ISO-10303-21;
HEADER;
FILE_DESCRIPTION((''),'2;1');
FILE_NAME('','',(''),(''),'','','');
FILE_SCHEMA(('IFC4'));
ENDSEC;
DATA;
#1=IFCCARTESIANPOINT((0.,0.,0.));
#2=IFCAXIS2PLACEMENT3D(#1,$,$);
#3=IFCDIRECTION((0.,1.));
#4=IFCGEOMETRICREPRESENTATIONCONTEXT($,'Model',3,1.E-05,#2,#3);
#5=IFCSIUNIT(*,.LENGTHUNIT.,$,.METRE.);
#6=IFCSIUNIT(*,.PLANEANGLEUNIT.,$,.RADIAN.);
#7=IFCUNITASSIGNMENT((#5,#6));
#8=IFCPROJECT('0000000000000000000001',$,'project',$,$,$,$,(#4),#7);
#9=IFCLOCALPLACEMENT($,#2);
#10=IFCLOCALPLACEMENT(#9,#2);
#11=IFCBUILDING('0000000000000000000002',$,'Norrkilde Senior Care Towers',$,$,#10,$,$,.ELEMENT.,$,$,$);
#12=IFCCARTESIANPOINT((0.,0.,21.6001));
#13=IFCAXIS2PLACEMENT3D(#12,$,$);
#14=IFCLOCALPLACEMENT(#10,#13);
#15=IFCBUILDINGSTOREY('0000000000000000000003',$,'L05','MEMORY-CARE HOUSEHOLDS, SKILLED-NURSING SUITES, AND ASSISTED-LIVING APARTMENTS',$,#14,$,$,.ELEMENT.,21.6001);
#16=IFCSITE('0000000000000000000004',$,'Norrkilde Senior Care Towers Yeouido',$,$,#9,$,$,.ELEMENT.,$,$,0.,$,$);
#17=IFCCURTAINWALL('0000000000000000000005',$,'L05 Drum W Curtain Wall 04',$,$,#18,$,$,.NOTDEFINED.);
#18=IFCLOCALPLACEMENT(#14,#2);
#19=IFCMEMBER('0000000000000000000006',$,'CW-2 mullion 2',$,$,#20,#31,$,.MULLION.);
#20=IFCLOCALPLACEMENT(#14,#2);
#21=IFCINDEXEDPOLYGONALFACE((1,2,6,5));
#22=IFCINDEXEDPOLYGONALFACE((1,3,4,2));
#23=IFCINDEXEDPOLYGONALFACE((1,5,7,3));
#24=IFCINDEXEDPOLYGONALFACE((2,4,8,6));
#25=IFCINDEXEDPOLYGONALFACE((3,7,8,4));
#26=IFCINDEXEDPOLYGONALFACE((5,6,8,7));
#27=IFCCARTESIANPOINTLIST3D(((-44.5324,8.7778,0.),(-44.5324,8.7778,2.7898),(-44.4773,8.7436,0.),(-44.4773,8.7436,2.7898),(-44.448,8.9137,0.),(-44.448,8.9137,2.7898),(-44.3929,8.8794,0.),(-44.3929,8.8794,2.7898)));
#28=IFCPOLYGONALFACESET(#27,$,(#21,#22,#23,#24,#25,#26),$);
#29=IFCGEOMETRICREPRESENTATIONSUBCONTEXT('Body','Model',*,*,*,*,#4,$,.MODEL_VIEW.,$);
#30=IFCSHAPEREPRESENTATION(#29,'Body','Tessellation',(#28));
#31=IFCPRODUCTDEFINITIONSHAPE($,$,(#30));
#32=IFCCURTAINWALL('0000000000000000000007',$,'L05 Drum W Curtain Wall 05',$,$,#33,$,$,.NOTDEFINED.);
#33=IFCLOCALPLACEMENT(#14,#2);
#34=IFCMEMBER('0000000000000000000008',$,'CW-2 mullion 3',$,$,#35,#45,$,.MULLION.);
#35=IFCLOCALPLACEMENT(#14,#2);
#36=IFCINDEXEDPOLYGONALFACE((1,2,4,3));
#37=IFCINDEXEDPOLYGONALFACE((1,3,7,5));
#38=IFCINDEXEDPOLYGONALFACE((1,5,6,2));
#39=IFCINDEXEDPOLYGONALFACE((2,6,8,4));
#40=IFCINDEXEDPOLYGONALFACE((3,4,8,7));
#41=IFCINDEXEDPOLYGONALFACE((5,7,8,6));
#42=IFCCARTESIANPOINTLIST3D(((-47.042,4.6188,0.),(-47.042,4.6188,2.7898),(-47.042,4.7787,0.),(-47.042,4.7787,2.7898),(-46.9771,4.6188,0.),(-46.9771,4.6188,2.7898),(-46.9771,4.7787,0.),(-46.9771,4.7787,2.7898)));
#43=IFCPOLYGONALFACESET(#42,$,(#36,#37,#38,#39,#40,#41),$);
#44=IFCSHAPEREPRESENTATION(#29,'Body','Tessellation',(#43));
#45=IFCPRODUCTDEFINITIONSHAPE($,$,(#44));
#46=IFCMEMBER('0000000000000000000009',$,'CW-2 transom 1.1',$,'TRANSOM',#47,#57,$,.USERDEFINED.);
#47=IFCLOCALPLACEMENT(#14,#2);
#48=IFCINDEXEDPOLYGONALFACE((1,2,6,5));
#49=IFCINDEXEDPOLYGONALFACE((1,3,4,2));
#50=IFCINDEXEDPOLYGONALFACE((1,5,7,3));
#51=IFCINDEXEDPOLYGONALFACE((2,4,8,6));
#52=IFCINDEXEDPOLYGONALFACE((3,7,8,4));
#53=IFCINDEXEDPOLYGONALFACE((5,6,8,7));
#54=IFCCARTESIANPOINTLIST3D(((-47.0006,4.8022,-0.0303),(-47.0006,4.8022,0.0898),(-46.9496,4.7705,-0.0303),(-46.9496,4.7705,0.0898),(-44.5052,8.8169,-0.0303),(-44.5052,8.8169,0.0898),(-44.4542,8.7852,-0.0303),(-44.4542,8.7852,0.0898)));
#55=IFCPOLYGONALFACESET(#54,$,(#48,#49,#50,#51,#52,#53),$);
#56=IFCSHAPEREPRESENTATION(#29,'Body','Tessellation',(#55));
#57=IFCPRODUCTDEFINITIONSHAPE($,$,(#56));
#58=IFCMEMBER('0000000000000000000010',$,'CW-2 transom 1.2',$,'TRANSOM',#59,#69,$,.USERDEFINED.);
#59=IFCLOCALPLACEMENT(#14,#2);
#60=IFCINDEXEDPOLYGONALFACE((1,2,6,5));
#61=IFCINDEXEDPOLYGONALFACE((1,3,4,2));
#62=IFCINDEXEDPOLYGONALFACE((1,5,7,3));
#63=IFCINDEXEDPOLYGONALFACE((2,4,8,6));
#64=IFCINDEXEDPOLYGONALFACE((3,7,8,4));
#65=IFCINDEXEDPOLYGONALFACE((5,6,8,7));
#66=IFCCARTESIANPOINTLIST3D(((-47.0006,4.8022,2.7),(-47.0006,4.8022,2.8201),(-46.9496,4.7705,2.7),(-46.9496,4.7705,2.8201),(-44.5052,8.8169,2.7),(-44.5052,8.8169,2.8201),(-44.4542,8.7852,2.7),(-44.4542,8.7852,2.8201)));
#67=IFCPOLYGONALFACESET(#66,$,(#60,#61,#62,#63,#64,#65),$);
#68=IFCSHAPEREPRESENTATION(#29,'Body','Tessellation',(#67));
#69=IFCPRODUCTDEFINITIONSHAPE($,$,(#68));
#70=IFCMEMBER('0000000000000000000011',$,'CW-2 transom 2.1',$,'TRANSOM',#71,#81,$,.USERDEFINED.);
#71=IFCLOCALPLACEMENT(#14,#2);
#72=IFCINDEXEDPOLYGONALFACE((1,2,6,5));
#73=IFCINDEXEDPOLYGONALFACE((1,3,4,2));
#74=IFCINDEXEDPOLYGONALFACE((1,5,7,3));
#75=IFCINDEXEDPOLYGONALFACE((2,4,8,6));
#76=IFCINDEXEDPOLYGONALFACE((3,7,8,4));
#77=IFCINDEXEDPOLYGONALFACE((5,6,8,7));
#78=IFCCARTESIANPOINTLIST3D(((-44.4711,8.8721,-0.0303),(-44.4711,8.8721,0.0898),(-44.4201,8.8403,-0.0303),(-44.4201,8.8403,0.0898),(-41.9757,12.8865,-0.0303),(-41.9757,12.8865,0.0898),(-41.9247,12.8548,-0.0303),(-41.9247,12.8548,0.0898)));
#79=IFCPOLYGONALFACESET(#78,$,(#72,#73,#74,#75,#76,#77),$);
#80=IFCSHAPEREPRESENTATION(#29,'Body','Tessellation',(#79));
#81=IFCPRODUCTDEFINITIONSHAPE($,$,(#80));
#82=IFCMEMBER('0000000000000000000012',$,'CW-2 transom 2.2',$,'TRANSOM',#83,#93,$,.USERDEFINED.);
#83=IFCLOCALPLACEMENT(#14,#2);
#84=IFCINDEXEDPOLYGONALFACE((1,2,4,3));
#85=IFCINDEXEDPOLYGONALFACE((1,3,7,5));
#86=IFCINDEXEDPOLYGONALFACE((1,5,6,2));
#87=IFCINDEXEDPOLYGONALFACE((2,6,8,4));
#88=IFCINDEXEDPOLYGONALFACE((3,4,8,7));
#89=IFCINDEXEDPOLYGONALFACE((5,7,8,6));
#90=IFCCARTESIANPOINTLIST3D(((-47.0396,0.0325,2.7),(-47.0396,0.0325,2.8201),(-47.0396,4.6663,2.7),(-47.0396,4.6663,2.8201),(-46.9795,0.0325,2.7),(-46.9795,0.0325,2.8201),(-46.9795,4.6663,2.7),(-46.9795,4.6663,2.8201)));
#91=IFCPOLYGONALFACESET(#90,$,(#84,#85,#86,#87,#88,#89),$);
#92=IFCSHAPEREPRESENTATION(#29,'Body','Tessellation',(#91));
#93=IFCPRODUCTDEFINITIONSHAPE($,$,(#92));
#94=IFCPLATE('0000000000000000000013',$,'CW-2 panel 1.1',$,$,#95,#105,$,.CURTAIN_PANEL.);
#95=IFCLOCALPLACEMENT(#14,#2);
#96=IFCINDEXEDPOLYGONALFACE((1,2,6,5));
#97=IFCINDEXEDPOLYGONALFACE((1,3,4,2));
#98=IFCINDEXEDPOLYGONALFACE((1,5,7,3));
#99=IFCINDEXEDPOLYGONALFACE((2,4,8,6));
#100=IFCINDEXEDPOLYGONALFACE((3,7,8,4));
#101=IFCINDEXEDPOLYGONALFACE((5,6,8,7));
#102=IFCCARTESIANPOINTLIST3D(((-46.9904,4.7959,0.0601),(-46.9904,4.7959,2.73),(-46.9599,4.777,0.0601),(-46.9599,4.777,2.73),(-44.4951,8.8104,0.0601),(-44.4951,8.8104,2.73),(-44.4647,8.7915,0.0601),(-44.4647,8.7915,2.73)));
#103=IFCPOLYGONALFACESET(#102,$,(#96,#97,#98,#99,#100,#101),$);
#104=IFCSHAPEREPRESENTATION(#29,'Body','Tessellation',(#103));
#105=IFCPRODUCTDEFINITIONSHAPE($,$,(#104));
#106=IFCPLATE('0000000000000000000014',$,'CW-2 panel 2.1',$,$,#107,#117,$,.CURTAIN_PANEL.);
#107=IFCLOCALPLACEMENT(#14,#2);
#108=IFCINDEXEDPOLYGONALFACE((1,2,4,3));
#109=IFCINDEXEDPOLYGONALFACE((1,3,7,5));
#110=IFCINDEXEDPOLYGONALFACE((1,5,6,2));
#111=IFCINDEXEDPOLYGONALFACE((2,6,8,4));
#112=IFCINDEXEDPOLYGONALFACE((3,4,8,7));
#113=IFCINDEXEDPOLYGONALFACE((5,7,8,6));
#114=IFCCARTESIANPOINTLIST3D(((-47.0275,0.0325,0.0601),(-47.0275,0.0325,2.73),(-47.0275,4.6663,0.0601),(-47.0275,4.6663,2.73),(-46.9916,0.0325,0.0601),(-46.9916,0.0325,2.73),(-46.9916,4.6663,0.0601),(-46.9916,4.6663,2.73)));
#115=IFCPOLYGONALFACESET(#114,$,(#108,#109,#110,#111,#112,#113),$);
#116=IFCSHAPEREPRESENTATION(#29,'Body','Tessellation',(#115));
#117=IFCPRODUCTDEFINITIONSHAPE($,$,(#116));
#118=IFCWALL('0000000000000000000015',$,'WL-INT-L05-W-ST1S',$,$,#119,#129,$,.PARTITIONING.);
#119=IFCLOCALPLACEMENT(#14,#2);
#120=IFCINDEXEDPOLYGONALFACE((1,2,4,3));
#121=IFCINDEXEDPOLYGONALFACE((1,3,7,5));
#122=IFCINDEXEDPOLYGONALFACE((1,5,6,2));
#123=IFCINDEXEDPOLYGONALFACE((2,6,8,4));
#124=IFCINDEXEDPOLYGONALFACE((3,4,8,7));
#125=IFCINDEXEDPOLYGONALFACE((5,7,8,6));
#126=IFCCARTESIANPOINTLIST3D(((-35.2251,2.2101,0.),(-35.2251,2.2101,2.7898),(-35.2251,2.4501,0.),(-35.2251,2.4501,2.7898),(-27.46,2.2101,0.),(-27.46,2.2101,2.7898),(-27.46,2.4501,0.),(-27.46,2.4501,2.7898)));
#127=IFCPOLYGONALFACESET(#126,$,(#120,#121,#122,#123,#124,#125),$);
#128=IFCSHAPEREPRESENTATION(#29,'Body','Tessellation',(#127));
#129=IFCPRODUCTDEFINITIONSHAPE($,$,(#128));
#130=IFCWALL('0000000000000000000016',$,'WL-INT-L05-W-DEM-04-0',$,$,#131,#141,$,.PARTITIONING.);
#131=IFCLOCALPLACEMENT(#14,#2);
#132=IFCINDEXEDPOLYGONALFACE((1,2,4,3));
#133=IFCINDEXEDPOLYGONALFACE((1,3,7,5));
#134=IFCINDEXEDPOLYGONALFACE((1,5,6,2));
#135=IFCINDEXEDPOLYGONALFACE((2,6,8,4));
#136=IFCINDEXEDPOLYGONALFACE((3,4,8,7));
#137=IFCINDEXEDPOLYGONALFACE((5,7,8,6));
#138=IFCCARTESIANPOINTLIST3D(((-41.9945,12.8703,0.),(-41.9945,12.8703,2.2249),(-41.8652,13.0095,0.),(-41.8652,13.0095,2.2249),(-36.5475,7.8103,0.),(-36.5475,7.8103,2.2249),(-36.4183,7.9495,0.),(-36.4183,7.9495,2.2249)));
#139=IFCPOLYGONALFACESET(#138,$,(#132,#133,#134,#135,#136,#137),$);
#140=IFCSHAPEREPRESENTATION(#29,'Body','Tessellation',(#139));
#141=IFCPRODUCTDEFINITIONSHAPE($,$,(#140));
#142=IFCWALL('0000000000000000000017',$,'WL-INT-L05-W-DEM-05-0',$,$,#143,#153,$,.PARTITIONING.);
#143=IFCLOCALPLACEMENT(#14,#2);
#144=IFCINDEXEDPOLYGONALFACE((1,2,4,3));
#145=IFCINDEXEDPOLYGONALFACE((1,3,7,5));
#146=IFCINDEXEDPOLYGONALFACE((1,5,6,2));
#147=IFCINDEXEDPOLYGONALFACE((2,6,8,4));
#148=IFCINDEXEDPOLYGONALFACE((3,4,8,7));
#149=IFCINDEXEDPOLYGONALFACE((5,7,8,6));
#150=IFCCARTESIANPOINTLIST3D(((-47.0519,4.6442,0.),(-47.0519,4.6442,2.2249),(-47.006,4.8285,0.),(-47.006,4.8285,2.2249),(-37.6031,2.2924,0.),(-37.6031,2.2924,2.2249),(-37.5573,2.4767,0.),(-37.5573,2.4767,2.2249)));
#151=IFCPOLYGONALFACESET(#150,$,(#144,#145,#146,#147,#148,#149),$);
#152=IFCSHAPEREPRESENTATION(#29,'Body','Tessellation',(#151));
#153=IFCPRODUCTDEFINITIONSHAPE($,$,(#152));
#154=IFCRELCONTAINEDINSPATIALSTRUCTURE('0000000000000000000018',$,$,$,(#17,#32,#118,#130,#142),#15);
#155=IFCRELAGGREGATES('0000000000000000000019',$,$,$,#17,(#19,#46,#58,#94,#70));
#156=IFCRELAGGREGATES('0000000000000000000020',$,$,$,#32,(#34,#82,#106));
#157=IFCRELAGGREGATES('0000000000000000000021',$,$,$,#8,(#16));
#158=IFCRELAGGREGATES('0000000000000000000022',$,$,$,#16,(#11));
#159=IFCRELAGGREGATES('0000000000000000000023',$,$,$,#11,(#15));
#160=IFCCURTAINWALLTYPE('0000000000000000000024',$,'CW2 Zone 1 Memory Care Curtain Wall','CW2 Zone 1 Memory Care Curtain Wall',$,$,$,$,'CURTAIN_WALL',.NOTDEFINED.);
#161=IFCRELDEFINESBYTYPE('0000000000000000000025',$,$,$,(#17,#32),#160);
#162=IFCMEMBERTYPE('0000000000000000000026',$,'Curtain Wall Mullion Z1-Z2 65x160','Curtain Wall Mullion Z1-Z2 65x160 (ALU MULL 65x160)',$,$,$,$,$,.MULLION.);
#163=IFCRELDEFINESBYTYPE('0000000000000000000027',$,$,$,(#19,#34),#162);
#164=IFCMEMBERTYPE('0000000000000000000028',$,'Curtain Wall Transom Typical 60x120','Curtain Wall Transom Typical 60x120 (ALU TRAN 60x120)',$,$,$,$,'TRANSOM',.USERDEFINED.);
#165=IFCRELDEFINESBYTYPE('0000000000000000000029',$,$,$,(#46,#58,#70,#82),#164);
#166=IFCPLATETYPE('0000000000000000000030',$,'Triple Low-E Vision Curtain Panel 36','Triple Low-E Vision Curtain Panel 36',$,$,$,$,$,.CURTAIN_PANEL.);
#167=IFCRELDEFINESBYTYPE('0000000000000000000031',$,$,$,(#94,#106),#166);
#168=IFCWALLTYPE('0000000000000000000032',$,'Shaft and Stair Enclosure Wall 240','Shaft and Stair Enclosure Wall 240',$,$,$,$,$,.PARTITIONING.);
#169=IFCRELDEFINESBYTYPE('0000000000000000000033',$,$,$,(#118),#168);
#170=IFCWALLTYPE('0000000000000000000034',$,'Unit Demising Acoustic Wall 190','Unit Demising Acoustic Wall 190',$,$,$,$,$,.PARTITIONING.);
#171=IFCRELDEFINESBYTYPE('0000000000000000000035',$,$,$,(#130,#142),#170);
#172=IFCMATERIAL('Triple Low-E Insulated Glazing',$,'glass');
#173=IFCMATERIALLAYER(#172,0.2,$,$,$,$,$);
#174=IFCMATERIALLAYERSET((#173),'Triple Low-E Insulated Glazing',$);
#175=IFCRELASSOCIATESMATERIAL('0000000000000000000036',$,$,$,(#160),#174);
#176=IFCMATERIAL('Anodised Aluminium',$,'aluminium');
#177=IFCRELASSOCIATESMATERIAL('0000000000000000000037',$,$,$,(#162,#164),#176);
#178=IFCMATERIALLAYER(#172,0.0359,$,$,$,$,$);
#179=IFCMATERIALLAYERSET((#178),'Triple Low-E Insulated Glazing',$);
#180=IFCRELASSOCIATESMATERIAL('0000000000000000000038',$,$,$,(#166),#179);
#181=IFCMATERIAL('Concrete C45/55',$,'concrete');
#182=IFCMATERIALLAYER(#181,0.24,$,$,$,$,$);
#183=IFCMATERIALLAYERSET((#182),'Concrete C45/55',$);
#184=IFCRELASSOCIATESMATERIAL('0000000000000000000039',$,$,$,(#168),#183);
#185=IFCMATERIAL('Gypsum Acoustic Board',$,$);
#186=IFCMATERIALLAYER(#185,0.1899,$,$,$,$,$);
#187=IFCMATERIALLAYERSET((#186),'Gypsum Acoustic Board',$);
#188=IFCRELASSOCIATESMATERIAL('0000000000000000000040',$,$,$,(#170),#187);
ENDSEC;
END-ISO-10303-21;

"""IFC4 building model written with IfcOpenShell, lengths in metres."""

from ifc_helpers import new_model, si_unit, direction, frame, frame_2d, origin, origin_2d, place, context, subcontext, project, spatial, rectangle, extrude, source, transform, mapped, material, layer, layer_set, material_profile, profile_set, type_object, type_shapes, element, aggregate, save


model = new_model("IFC4")

# Units and contexts
model_context = context("Model", 3, precision=1e-05, world=origin(), true_north=direction((0.0, 1.0)))
body_context = subcontext(model_context, "Body", "Model", "MODEL_VIEW")
ifc_project = project(units=[si_unit("LENGTHUNIT", "METRE"), si_unit("PLANEANGLEUNIT", "RADIAN")], contexts=[model_context])

# Site, building, storey
site_placement = place(None, origin())
site = spatial("IfcSite", under=ifc_project, at=site_placement, Name="Norrkilde Senior Care Towers Yeouido", CompositionType="ELEMENT", RefElevation=0.0)
building_placement = place(site_placement, origin())
building = spatial("IfcBuilding", under=site, at=building_placement, Name="Norrkilde Senior Care Towers", CompositionType="ELEMENT")
storey_placement = place(building_placement, frame((0.0, 0.0, 21.6001)))
storey = spatial("IfcBuildingStorey", under=building, at=storey_placement, Name="L05", Description="MEMORY-CARE HOUSEHOLDS, SKILLED-NURSING SUITES, AND ASSISTED-LIVING APARTMENTS", CompositionType="ELEMENT", Elevation=21.6001)

# Curtain wall, member
ifc_material_1 = material(Name="Triple Low-E Insulated Glazing", Category="glass")
ifc_layer_1 = layer(ifc_material_1, 0.2)
ifc_layer_set_1 = layer_set([ifc_layer_1], Name="Triple Low-E Insulated Glazing")
curtain_wall_type = type_object("IfcCurtainWallType", Name="CW2 Zone 1 Memory Care Curtain Wall", Description="CW2 Zone 1 Memory Care Curtain Wall", ElementType="CURTAIN_WALL", PredefinedType="NOTDEFINED", material=ifc_layer_set_1)
curtain_wall_1_placement = place(storey_placement, origin())
curtain_wall_1 = element("IfcCurtainWall", 1, at=curtain_wall_1_placement, inside=storey, type_object=curtain_wall_type, Name="L05 Drum W Curtain Wall 04", PredefinedType="NOTDEFINED")
ifc_material_2 = material(Name="Anodised Aluminium", Category="aluminium")
ifc_material_profile_1 = material_profile(ifc_material_2, rectangle(XDim=0.0649, YDim=0.1599, at=origin_2d()), Name="ALU MULL 65x160")
ifc_profile_set_1 = profile_set([ifc_material_profile_1], Name="Anodised Aluminium")
member_type_1 = type_object("IfcMemberType", Name="Curtain Wall Mullion Z1-Z2 65x160", Description="Curtain Wall Mullion Z1-Z2 65x160 (ALU MULL 65x160)", PredefinedType="MULLION", material=ifc_profile_set_1)
shared_shape_1 = source(origin(), body_context, "Body", "SweptSolid", [
    extrude(rectangle(XDim=0.0649, YDim=0.1599, at=origin_2d()), origin(), (0.0, 0.0, 1.0), 2.7898),
])
type_shapes(member_type_1, [shared_shape_1])
member_1_placement = place(storey_placement, frame((-44.4626, 8.8286, 0.0), z_axis=(0.0, 0.0, 1.0), x_axis=(-0.849306, 0.527901, 0.0)))
member_1 = element("IfcMember", 2, at=member_1_placement, type_object=member_type_1, Name="CW-2 mullion 2", PredefinedType="MULLION", context=body_context, shape_type="MappedRepresentation", body=[
    mapped(shared_shape_1, transform((0.0, 0.0, 0.0), x_axis=(1.0, 0.0, 0.0), y_axis=(0.0, 1.0, 0.0), z_axis=(0.0, 0.0, 1.0), scale=1.0)),
])

# Curtain wall, member
curtain_wall_2_placement = place(storey_placement, origin())
curtain_wall_2 = element("IfcCurtainWall", 3, at=curtain_wall_2_placement, inside=storey, type_object=curtain_wall_type, Name="L05 Drum W Curtain Wall 05", PredefinedType="NOTDEFINED")
member_2_placement = place(storey_placement, frame((-47.0095, 4.6987, 0.0), z_axis=(0.0, 0.0, 1.0), x_axis=(-1.0, 0.0, 0.0)))
member_2 = element("IfcMember", 4, at=member_2_placement, type_object=member_type_1, Name="CW-2 mullion 3", PredefinedType="MULLION", context=body_context, shape_type="MappedRepresentation", body=[
    mapped(shared_shape_1, transform((0.0, 0.0, 0.0), x_axis=(1.0, 0.0, 0.0), y_axis=(0.0, 1.0, 0.0), z_axis=(0.0, 0.0, 1.0), scale=1.0)),
])

# Members
ifc_material_profile_2 = material_profile(ifc_material_2, rectangle(XDim=0.0601, YDim=0.1201, at=origin_2d()), Name="ALU TRAN 60x120")
ifc_profile_set_2 = profile_set([ifc_material_profile_2], Name="Anodised Aluminium")
member_type_2 = type_object("IfcMemberType", Name="Curtain Wall Transom Typical 60x120", Description="Curtain Wall Transom Typical 60x120 (ALU TRAN 60x120)", ElementType="TRANSOM", PredefinedType="USERDEFINED", material=ifc_profile_set_2)
shared_shape_2 = source(origin(), body_context, "Body", "SweptSolid", [
    extrude(rectangle(XDim=0.0601, YDim=0.1201, at=origin_2d()), origin(), (0.0, 0.0, 1.0), 4.7271),
])
member_3_placement = place(storey_placement, frame((-46.9751, 4.7864, 0.0298), z_axis=(0.527899, 0.849307, 0.0), x_axis=(-0.849307, 0.527899, 0.0)))
member_3 = element("IfcMember", 5, at=member_3_placement, type_object=member_type_2, Name="CW-2 transom 1.1", ObjectType="TRANSOM", PredefinedType="USERDEFINED", context=body_context, shape_type="MappedRepresentation", body=[
    mapped(shared_shape_2, transform((0.0, 0.0, 0.0), x_axis=(1.0, 0.0, 0.0), y_axis=(0.0, 1.0, 0.0), z_axis=(0.0, 0.0, 1.0), scale=1.0)),
])
member_4_placement = place(storey_placement, frame((-46.9751, 4.7864, 2.76), z_axis=(0.527899, 0.849307, 0.0), x_axis=(-0.849307, 0.527899, 0.0)))
member_4 = element("IfcMember", 6, at=member_4_placement, type_object=member_type_2, Name="CW-2 transom 1.2", ObjectType="TRANSOM", PredefinedType="USERDEFINED", context=body_context, shape_type="MappedRepresentation", body=[
    mapped(shared_shape_2, transform((0.0, 0.0, 0.0), x_axis=(1.0, 0.0, 0.0), y_axis=(0.0, 1.0, 0.0), z_axis=(0.0, 0.0, 1.0), scale=1.0)),
])
shared_shape_3 = source(origin(), body_context, "Body", "SweptSolid", [
    extrude(rectangle(XDim=0.0601, YDim=0.1201, at=origin_2d()), origin(), (0.0, 0.0, 1.0), 4.7268),
])
member_5_placement = place(storey_placement, frame((-44.4456, 8.8562, 0.0298), z_axis=(0.527922, 0.849293, 0.0), x_axis=(-0.849293, 0.527922, 0.0)))
member_5 = element("IfcMember", 7, at=member_5_placement, type_object=member_type_2, Name="CW-2 transom 2.1", ObjectType="TRANSOM", PredefinedType="USERDEFINED", context=body_context, shape_type="MappedRepresentation", body=[
    mapped(shared_shape_3, transform((0.0, 0.0, 0.0), x_axis=(1.0, 0.0, 0.0), y_axis=(0.0, 1.0, 0.0), z_axis=(0.0, 0.0, 1.0), scale=1.0)),
])
shared_shape_4 = source(origin(), body_context, "Body", "SweptSolid", [
    extrude(rectangle(XDim=0.0601, YDim=0.1201, at=origin_2d()), origin(), (0.0, 0.0, 1.0), 4.6338),
])
type_shapes(member_type_2, [shared_shape_2, shared_shape_3, shared_shape_4])
member_6_placement = place(storey_placement, frame((-47.0095, 0.0325, 2.76), z_axis=(0.0, 1.0, 0.0), x_axis=(-1.0, 0.0, 0.0)))
member_6 = element("IfcMember", 8, at=member_6_placement, type_object=member_type_2, Name="CW-2 transom 2.2", ObjectType="TRANSOM", PredefinedType="USERDEFINED", context=body_context, shape_type="MappedRepresentation", body=[
    mapped(shared_shape_4, transform((0.0, 0.0, 0.0), x_axis=(1.0, 0.0, 0.0), y_axis=(0.0, 1.0, 0.0), z_axis=(0.0, 0.0, 1.0), scale=1.0)),
])

# Plates
ifc_layer_2 = layer(ifc_material_1, 0.0359)
ifc_layer_set_2 = layer_set([ifc_layer_2], Name="Triple Low-E Insulated Glazing")
plate_type = type_object("IfcPlateType", Name="Triple Low-E Vision Curtain Panel 36", Description="Triple Low-E Vision Curtain Panel 36", PredefinedType="CURTAIN_PANEL", material=ifc_layer_set_2)
shared_shape_5 = source(origin(), body_context, "Body", "SweptSolid", [
    extrude(rectangle(XDim=4.7268, YDim=0.0359, at=origin_2d()), origin(), (0.0, 0.0, 1.0), 2.6699),
])
plate_1_placement = place(storey_placement, frame((-45.7275, 6.7937, 0.0601), z_axis=(0.0, 0.0, 1.0), x_axis=(0.527901, 0.849306, 0.0)))
plate_1 = element("IfcPlate", 9, at=plate_1_placement, type_object=plate_type, Name="CW-2 panel 1.1", PredefinedType="CURTAIN_PANEL", context=body_context, shape_type="MappedRepresentation", body=[
    mapped(shared_shape_5, transform((0.0, 0.0, 0.0), x_axis=(1.0, 0.0, 0.0), y_axis=(0.0, 1.0, 0.0), z_axis=(0.0, 0.0, 1.0), scale=1.0)),
])
aggregate(curtain_wall_1, [member_1, member_3, member_4, plate_1, member_5])
shared_shape_6 = source(origin(), body_context, "Body", "SweptSolid", [
    extrude(rectangle(XDim=4.6338, YDim=0.0359, at=origin_2d()), origin(), (0.0, 0.0, 1.0), 2.6699),
])
type_shapes(plate_type, [shared_shape_5, shared_shape_6])
plate_2_placement = place(storey_placement, frame((-47.0095, 2.3494, 0.0601), z_axis=(0.0, 0.0, 1.0), x_axis=(0.0, 1.0, 0.0)))
plate_2 = element("IfcPlate", 10, at=plate_2_placement, type_object=plate_type, Name="CW-2 panel 2.1", PredefinedType="CURTAIN_PANEL", context=body_context, shape_type="MappedRepresentation", body=[
    mapped(shared_shape_6, transform((0.0, 0.0, 0.0), x_axis=(1.0, 0.0, 0.0), y_axis=(0.0, 1.0, 0.0), z_axis=(0.0, 0.0, 1.0), scale=1.0)),
])
aggregate(curtain_wall_2, [member_2, member_6, plate_2])

# Wall
ifc_material_3 = material(Name="Concrete C45/55", Category="concrete")
ifc_layer_3 = layer(ifc_material_3, 0.24)
ifc_layer_set_3 = layer_set([ifc_layer_3], Name="Concrete C45/55")
wall_type_1 = type_object("IfcWallType", Name="Shaft and Stair Enclosure Wall 240", Description="Shaft and Stair Enclosure Wall 240", PredefinedType="PARTITIONING", material=ifc_layer_set_3)
shared_shape_7 = source(origin(), body_context, "Body", "SweptSolid", [
    extrude(rectangle(XDim=7.7651, YDim=0.24, at=frame_2d((3.8826, 0.0))), origin(), (0.0, 0.0, 1.0), 2.7898),
])
type_shapes(wall_type_1, [shared_shape_7])
wall_1_placement = place(storey_placement, frame((-35.2251, 2.3301, 0.0), z_axis=(0.0, 0.0, 1.0), x_axis=(1.0, 0.0, 0.0)))
element("IfcWall", 11, at=wall_1_placement, inside=storey, type_object=wall_type_1, Name="WL-INT-L05-W-ST1S", PredefinedType="PARTITIONING", context=body_context, shape_type="MappedRepresentation", body=[
    mapped(shared_shape_7, transform((0.0, 0.0, 0.0), x_axis=(1.0, 0.0, 0.0), y_axis=(0.0, 1.0, 0.0), z_axis=(0.0, 0.0, 1.0), scale=1.0)),
])

# Shared definitions
ifc_material_4 = material(Name="Gypsum Acoustic Board")

# Walls
ifc_layer_4 = layer(ifc_material_4, 0.1899)
ifc_layer_set_4 = layer_set([ifc_layer_4], Name="Gypsum Acoustic Board")
wall_type_2 = type_object("IfcWallType", Name="Unit Demising Acoustic Wall 190", Description="Unit Demising Acoustic Wall 190", PredefinedType="PARTITIONING", material=ifc_layer_set_4)
shared_shape_8 = source(origin(), body_context, "Body", "SweptSolid", [
    extrude(rectangle(XDim=7.4346, YDim=0.1899, at=frame_2d((3.7173, 0.0))), origin(), (0.0, 0.0, 1.0), 2.2249),
])
wall_2_placement = place(storey_placement, frame((-36.4829, 7.8799, 0.0), z_axis=(0.0, 0.0, 1.0), x_axis=(-0.732652, 0.680603, 0.0)))
element("IfcWall", 12, at=wall_2_placement, inside=storey, type_object=wall_type_2, Name="WL-INT-L05-W-DEM-04-0", PredefinedType="PARTITIONING", context=body_context, shape_type="MappedRepresentation", body=[
    mapped(shared_shape_8, transform((0.0, 0.0, 0.0), x_axis=(1.0, 0.0, 0.0), y_axis=(0.0, 1.0, 0.0), z_axis=(0.0, 0.0, 1.0), scale=1.0)),
])
shared_shape_9 = source(origin(), body_context, "Body", "SweptSolid", [
    extrude(rectangle(XDim=9.7371, YDim=0.1899, at=frame_2d((4.8687, 0.0))), origin(), (0.0, 0.0, 1.0), 2.2249),
])
type_shapes(wall_type_2, [shared_shape_8, shared_shape_9])
wall_3_placement = place(storey_placement, frame((-37.5801, 2.3845, 0.0), z_axis=(0.0, 0.0, 1.0), x_axis=(-0.970393, 0.241533, 0.0)))
element("IfcWall", 13, at=wall_3_placement, inside=storey, type_object=wall_type_2, Name="WL-INT-L05-W-DEM-05-0", PredefinedType="PARTITIONING", context=body_context, shape_type="MappedRepresentation", body=[
    mapped(shared_shape_9, transform((0.0, 0.0, 0.0), x_axis=(1.0, 0.0, 0.0), y_axis=(0.0, 1.0, 0.0), z_axis=(0.0, 0.0, 1.0), scale=1.0)),
])

save(model, "model.ifc")
